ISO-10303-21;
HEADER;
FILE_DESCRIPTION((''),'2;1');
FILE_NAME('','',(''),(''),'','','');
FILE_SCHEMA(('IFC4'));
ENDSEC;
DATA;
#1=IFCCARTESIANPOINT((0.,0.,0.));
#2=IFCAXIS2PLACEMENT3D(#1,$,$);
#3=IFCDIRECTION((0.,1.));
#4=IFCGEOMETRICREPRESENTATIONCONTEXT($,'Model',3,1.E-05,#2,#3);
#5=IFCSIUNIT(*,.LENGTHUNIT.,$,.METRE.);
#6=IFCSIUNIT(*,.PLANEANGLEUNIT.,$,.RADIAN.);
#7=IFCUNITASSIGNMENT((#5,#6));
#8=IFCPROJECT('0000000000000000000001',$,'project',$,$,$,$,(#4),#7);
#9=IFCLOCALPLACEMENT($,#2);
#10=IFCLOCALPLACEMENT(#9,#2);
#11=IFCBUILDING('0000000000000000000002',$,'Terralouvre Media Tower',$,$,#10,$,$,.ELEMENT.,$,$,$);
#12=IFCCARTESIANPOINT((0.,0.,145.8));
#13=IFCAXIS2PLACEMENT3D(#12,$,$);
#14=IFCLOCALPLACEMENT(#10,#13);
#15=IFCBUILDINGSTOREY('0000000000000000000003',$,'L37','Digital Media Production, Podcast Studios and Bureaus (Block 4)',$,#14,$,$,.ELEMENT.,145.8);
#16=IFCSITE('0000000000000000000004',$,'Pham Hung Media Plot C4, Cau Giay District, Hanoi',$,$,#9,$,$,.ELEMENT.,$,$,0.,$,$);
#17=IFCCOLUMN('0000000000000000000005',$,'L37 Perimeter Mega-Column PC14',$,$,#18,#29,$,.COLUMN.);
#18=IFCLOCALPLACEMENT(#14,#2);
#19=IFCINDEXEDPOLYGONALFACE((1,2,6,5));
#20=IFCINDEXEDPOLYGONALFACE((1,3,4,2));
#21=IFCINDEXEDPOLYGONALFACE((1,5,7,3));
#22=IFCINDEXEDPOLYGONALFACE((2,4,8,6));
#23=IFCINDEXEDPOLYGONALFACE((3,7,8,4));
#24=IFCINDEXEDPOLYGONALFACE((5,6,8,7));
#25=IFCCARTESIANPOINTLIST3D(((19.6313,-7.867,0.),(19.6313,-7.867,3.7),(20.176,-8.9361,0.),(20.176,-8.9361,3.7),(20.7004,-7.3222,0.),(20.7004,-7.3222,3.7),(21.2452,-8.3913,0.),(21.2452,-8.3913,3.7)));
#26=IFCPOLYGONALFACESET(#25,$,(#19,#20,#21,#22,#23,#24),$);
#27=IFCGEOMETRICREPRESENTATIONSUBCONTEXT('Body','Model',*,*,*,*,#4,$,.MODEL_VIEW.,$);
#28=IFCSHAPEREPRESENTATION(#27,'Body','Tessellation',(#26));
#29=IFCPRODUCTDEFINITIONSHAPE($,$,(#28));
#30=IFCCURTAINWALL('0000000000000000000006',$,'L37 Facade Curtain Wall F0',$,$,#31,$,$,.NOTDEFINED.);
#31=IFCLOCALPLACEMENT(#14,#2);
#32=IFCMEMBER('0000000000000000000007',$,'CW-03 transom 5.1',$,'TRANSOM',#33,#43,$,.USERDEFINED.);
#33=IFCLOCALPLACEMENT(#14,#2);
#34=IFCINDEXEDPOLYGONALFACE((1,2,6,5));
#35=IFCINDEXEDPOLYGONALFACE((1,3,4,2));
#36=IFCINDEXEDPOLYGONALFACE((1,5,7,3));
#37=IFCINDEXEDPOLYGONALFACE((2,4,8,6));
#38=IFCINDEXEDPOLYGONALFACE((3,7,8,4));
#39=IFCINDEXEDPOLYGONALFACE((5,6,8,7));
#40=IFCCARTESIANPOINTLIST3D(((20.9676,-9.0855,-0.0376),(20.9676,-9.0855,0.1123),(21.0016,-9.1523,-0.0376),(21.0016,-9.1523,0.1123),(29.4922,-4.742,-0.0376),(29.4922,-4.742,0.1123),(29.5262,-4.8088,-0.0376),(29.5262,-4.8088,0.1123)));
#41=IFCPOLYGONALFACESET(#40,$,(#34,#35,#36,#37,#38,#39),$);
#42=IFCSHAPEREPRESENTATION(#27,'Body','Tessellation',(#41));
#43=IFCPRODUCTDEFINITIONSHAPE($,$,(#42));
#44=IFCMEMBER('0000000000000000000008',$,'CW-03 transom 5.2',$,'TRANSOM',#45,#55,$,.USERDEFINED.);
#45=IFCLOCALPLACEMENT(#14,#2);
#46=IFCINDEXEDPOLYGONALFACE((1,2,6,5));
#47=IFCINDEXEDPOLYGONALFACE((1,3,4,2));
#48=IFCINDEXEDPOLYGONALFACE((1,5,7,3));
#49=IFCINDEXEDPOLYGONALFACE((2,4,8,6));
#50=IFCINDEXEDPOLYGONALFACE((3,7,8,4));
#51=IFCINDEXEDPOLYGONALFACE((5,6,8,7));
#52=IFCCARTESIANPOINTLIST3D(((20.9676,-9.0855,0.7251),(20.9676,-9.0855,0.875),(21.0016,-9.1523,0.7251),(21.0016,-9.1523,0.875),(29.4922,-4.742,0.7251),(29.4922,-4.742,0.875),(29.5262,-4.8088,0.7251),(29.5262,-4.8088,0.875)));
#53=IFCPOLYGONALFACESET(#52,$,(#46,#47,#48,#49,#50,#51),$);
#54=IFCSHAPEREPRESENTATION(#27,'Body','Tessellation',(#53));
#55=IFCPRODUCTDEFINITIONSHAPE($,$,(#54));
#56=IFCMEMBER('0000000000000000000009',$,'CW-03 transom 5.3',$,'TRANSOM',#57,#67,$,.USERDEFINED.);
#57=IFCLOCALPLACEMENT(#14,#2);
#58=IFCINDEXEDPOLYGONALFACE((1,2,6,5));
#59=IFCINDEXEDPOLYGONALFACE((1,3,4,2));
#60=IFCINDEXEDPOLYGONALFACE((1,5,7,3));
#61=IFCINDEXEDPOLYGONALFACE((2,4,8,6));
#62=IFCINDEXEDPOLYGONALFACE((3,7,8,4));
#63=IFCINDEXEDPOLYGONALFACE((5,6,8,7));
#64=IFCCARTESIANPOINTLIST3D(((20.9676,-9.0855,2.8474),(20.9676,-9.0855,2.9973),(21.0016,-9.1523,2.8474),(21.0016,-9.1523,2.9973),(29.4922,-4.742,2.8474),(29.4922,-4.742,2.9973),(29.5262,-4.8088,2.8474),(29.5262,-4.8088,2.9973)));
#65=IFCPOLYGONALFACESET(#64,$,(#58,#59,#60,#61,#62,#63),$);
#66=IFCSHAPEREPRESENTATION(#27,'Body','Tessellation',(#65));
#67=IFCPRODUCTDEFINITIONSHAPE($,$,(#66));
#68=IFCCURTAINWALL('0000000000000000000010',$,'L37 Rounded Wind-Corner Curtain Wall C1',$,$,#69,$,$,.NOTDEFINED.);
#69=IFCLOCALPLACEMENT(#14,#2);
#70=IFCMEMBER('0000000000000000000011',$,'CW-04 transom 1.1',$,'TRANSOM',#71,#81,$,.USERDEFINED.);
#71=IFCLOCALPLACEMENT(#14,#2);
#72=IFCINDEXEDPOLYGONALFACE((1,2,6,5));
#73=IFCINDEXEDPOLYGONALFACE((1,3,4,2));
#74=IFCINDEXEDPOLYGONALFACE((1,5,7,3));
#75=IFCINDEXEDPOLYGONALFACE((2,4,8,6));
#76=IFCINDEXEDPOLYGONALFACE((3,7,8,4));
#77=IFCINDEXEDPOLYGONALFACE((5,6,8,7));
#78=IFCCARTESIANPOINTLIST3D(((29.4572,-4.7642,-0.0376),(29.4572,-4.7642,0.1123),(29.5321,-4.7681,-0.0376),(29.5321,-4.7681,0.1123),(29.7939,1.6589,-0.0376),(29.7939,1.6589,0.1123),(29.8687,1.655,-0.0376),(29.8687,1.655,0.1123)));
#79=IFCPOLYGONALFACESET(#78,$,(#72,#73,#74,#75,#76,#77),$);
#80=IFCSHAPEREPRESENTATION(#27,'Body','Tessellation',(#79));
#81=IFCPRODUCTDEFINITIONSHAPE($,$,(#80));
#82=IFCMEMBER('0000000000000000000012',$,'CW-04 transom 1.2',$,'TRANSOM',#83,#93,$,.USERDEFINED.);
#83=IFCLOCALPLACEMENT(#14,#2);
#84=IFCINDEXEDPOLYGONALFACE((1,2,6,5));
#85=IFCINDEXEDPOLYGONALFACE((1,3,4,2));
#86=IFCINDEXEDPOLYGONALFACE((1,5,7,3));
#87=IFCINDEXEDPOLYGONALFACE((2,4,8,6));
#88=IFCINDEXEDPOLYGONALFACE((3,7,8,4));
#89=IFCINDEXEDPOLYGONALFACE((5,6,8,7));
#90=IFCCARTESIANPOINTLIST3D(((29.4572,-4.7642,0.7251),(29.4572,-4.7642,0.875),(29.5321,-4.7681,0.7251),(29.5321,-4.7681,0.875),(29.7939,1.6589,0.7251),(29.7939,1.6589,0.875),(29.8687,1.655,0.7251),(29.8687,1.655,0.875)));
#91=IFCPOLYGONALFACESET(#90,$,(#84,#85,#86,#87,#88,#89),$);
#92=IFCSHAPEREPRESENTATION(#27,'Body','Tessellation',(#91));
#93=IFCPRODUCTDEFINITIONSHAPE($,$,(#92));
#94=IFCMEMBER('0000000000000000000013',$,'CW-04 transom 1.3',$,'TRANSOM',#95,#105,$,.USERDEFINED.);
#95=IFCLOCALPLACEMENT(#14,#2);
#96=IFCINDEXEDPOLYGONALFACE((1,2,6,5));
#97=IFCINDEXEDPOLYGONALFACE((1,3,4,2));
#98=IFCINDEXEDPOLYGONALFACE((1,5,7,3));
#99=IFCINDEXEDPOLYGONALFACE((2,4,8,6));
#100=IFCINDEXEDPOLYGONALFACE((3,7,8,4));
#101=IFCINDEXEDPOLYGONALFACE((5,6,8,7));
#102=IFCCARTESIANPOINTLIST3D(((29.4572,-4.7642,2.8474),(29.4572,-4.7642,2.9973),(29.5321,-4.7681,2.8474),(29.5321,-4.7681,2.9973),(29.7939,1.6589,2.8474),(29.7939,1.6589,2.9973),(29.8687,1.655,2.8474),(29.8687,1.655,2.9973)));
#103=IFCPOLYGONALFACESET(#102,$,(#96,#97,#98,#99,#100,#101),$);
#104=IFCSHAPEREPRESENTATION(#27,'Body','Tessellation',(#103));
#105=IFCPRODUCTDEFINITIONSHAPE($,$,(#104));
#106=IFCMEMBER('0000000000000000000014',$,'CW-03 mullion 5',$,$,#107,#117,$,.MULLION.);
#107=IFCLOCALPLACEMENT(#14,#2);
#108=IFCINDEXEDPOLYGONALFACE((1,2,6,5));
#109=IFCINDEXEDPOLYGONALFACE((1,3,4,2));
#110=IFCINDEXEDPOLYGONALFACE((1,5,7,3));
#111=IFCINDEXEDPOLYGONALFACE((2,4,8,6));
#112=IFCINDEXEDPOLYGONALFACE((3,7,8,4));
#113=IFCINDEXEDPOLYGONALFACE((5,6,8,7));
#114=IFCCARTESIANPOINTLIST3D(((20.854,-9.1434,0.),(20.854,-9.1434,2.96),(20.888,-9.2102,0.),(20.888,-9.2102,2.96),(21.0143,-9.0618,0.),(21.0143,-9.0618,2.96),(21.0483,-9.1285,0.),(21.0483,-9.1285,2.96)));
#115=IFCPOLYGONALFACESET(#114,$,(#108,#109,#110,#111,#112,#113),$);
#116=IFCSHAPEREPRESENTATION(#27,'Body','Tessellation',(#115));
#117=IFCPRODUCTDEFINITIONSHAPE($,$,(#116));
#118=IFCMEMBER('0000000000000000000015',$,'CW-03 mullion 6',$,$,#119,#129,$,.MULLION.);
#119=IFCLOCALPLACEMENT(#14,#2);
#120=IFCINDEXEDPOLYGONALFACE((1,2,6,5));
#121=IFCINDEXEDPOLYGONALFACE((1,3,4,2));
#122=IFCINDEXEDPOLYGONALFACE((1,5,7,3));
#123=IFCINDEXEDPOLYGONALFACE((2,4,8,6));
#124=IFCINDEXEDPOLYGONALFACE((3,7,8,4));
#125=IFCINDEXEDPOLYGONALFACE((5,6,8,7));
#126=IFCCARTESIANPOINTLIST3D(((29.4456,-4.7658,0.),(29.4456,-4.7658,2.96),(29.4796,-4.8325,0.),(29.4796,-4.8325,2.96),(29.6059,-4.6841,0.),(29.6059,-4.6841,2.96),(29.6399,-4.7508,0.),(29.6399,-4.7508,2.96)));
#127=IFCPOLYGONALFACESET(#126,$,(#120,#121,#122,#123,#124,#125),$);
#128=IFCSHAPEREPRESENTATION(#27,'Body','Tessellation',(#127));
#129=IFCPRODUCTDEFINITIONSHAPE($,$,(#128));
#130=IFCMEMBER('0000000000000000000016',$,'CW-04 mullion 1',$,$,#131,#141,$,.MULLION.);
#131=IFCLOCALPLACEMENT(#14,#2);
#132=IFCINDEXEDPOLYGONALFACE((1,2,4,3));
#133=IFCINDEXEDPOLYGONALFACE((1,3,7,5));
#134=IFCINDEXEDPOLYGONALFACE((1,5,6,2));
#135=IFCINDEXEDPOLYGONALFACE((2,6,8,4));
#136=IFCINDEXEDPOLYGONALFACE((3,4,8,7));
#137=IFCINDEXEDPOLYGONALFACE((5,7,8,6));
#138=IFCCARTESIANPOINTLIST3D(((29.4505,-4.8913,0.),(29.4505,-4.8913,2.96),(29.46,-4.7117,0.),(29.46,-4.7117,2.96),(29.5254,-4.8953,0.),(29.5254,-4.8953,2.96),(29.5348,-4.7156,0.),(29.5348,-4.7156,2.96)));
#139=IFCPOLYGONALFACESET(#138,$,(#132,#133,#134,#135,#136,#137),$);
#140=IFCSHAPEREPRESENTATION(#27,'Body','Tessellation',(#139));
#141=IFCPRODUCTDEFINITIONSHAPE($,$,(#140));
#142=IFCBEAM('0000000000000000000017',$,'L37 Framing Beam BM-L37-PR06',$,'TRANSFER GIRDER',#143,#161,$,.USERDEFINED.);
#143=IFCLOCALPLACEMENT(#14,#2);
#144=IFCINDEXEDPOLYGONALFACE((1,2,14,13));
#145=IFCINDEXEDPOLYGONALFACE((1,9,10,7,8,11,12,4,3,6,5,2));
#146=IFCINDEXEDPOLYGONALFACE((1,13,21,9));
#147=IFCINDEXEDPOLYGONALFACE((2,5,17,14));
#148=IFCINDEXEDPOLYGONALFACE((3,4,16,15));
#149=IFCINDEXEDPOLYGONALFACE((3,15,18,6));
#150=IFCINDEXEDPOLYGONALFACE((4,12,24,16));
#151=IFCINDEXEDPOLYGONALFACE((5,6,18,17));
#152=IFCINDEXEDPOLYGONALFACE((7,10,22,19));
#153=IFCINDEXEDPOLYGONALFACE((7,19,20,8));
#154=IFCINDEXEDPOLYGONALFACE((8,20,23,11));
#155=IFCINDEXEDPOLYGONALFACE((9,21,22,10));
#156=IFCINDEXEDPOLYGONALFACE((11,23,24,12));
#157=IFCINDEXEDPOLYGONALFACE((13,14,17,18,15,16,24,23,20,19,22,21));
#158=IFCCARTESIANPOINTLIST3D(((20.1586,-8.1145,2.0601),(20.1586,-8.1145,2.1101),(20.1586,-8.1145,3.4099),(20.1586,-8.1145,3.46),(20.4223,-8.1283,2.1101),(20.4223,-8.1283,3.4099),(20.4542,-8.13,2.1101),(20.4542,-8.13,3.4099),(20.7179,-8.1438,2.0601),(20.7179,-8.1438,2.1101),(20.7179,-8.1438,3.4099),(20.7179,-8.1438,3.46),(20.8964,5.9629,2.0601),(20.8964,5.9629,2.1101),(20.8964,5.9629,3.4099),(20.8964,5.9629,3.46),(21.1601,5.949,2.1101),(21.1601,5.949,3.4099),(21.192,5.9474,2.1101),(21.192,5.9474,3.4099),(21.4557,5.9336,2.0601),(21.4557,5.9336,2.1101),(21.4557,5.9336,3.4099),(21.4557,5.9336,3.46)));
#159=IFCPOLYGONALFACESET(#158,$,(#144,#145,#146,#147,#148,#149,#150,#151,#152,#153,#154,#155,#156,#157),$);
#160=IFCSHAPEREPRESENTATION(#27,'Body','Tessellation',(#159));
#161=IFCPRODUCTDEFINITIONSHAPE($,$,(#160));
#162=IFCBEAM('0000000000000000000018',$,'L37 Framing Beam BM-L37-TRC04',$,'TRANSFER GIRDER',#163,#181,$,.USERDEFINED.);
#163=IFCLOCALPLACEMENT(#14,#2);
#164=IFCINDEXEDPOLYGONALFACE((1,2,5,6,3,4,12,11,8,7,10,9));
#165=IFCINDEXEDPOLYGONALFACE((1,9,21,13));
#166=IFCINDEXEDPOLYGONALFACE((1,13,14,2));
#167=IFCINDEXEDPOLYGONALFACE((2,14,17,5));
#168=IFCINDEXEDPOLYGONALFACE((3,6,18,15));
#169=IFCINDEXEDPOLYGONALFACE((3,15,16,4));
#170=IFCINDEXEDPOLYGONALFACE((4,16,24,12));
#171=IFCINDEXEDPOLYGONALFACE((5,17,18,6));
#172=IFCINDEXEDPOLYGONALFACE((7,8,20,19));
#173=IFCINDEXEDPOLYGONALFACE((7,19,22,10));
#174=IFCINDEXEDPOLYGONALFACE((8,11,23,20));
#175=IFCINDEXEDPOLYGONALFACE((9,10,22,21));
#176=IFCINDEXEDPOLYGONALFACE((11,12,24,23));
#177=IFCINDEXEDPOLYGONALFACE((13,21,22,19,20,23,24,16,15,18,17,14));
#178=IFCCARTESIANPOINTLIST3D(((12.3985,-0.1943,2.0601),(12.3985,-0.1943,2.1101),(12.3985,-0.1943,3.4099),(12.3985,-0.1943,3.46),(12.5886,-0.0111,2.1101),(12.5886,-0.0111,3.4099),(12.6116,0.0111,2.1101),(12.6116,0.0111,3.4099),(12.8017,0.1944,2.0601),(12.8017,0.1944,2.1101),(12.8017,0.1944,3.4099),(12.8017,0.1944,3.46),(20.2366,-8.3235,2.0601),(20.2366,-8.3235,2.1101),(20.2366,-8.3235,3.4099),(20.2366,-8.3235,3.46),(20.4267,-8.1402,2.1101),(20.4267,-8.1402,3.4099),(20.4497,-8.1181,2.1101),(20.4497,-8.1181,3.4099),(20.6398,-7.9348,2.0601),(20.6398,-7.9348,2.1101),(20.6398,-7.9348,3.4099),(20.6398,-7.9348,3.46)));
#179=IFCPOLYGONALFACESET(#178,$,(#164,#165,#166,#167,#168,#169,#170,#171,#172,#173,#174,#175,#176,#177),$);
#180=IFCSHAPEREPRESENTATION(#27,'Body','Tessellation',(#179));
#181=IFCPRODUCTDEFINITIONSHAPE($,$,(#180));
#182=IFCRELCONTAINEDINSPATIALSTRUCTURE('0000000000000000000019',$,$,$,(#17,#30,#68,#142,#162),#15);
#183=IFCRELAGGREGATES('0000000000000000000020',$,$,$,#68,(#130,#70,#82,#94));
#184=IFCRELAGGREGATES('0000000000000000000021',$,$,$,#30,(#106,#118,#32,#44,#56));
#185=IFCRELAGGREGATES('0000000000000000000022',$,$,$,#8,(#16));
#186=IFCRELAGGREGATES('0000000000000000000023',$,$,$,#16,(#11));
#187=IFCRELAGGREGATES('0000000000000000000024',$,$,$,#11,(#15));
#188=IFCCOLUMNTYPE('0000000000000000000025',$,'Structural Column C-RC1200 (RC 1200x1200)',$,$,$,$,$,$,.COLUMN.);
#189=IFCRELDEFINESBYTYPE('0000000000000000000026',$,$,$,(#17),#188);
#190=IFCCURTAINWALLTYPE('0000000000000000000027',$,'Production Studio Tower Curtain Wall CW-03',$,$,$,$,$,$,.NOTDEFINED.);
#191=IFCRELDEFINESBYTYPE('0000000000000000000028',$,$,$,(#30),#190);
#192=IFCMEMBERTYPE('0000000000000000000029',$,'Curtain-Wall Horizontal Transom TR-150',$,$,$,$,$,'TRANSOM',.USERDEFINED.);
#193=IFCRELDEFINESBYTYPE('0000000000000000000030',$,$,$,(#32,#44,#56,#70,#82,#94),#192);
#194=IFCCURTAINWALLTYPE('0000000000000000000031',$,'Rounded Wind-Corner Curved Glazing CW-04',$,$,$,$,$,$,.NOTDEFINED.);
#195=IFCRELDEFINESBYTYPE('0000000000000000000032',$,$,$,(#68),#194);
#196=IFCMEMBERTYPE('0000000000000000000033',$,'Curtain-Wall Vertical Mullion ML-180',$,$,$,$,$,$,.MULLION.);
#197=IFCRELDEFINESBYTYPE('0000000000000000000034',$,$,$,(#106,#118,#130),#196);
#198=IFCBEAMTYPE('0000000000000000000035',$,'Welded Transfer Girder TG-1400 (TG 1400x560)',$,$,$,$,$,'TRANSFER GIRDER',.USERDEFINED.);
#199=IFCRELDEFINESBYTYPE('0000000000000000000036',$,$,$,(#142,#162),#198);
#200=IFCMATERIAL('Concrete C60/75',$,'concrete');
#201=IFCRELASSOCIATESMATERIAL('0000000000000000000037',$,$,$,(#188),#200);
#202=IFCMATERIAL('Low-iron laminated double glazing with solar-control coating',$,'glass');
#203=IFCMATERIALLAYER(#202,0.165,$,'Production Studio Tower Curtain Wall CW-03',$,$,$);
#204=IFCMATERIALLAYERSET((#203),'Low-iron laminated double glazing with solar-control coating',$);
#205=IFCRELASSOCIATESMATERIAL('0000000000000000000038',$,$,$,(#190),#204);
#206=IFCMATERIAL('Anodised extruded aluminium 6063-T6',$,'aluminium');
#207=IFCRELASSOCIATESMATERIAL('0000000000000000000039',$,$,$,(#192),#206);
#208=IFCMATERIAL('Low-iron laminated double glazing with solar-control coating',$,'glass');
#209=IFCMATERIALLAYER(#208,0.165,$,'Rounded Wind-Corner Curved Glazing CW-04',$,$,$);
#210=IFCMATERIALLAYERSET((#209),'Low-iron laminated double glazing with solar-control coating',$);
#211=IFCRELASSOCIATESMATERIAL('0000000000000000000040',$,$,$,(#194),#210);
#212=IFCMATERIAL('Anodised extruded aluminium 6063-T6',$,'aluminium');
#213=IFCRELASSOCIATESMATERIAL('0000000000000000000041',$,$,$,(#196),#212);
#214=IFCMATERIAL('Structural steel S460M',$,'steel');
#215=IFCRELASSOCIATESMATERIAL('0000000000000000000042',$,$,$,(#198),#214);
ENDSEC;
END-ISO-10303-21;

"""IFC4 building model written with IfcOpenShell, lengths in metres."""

from ifc_helpers import new_model, si_unit, direction, frame, origin, origin_2d, place, context, subcontext, project, spatial, rectangle, i_section, extrude, material, layer, layer_set, material_profile, profile_set, type_object, element, aggregate, save


model = new_model("IFC4")

# Units and contexts
model_context = context("Model", 3, precision=1e-05, world=origin(), true_north=direction((0.0, 1.0)))
body_context = subcontext(model_context, "Body", "Model", "MODEL_VIEW")
ifc_project = project(units=[si_unit("LENGTHUNIT", "METRE"), si_unit("PLANEANGLEUNIT", "RADIAN")], contexts=[model_context])

# Site, building, storey
site_placement = place(None, origin())
site = spatial("IfcSite", under=ifc_project, at=site_placement, Name="Pham Hung Media Plot C4, Cau Giay District, Hanoi", CompositionType="ELEMENT", RefElevation=0.0)
building_placement = place(site_placement, origin())
building = spatial("IfcBuilding", under=site, at=building_placement, Name="Terralouvre Media Tower", CompositionType="ELEMENT")
storey_placement = place(building_placement, frame((0.0, 0.0, 145.8)))
storey = spatial("IfcBuildingStorey", under=building, at=storey_placement, Name="L37", Description="Digital Media Production, Podcast Studios and Bureaus (Block 4)", CompositionType="ELEMENT", Elevation=145.8)

# Column
ifc_material_1 = material(Name="Concrete C60/75", Category="concrete")
ifc_material_profile_1 = material_profile(ifc_material_1, rectangle(XDim=1.2, YDim=1.2, at=origin_2d()), Name="RC 1200x1200")
ifc_profile_set_1 = profile_set([ifc_material_profile_1], Name="Concrete C60/75")
column_type = type_object("IfcColumnType", Name="Structural Column C-RC1200 (RC 1200x1200)", PredefinedType="COLUMN", material=ifc_profile_set_1)
column_placement = place(storey_placement, frame((20.4382, -8.1292, 0.0), z_axis=(0.0, 0.0, 1.0), x_axis=(0.891007, 0.45399, 0.0)))
element("IfcColumn", 1, at=column_placement, inside=storey, type_object=column_type, Name="L37 Perimeter Mega-Column PC14", PredefinedType="COLUMN", context=body_context, shape_type="SweptSolid", body=[
    extrude(rectangle(XDim=1.2, YDim=1.2, at=origin_2d()), origin(), (0.0, 0.0, 1.0), 3.7),
])

# Curtain walls, members
ifc_material_2 = material(Name="Low-iron laminated double glazing with solar-control coating", Category="glass")
ifc_layer_1 = layer(ifc_material_2, 0.165, Name="Production Studio Tower Curtain Wall CW-03")
ifc_layer_set_1 = layer_set([ifc_layer_1], Name="Low-iron laminated double glazing with solar-control coating")
curtain_wall_type_1 = type_object("IfcCurtainWallType", Name="Production Studio Tower Curtain Wall CW-03", PredefinedType="NOTDEFINED", material=ifc_layer_set_1)
curtain_wall_1_placement = place(storey_placement, origin())
curtain_wall_1 = element("IfcCurtainWall", 2, at=curtain_wall_1_placement, inside=storey, type_object=curtain_wall_type_1, Name="L37 Facade Curtain Wall F0", PredefinedType="NOTDEFINED")
ifc_material_3 = material(Name="Anodised extruded aluminium 6063-T6", Category="aluminium")
ifc_material_profile_2 = material_profile(ifc_material_3, rectangle(XDim=0.075, YDim=0.1499, at=origin_2d()), Name="ALU 75x150")
ifc_profile_set_2 = profile_set([ifc_material_profile_2], Name="Anodised extruded aluminium 6063-T6")
member_type_1 = type_object("IfcMemberType", Name="Curtain-Wall Horizontal Transom TR-150", ElementType="TRANSOM", PredefinedType="USERDEFINED", material=ifc_profile_set_2)
member_1_placement = place(storey_placement, frame((20.9846, -9.1189, 0.0374), z_axis=(0.891008, 0.453988, 0.0), x_axis=(-0.453988, 0.891008, 0.0)))
member_1 = element("IfcMember", 3, at=member_1_placement, type_object=member_type_1, Name="CW-03 transom 5.1", ObjectType="TRANSOM", PredefinedType="USERDEFINED", context=body_context, shape_type="SweptSolid", body=[
    extrude(rectangle(XDim=0.075, YDim=0.1499, at=origin_2d()), origin(), (0.0, 0.0, 1.0), 9.5674),
])
member_2_placement = place(storey_placement, frame((20.9846, -9.1189, 0.8), z_axis=(0.891008, 0.453988, 0.0), x_axis=(-0.453988, 0.891008, 0.0)))
member_2 = element("IfcMember", 4, at=member_2_placement, type_object=member_type_1, Name="CW-03 transom 5.2", ObjectType="TRANSOM", PredefinedType="USERDEFINED", context=body_context, shape_type="SweptSolid", body=[
    extrude(rectangle(XDim=0.075, YDim=0.1499, at=origin_2d()), origin(), (0.0, 0.0, 1.0), 9.5674),
])
member_3_placement = place(storey_placement, frame((20.9846, -9.1189, 2.9224), z_axis=(0.891008, 0.453988, 0.0), x_axis=(-0.453988, 0.891008, 0.0)))
member_3 = element("IfcMember", 5, at=member_3_placement, type_object=member_type_1, Name="CW-03 transom 5.3", ObjectType="TRANSOM", PredefinedType="USERDEFINED", context=body_context, shape_type="SweptSolid", body=[
    extrude(rectangle(XDim=0.075, YDim=0.1499, at=origin_2d()), origin(), (0.0, 0.0, 1.0), 9.5674),
])
ifc_material_4 = material(Name="Low-iron laminated double glazing with solar-control coating", Category="glass")
ifc_layer_2 = layer(ifc_material_4, 0.165, Name="Rounded Wind-Corner Curved Glazing CW-04")
ifc_layer_set_2 = layer_set([ifc_layer_2], Name="Low-iron laminated double glazing with solar-control coating")
curtain_wall_type_2 = type_object("IfcCurtainWallType", Name="Rounded Wind-Corner Curved Glazing CW-04", PredefinedType="NOTDEFINED", material=ifc_layer_set_2)
curtain_wall_2_placement = place(storey_placement, origin())
curtain_wall_2 = element("IfcCurtainWall", 6, at=curtain_wall_2_placement, inside=storey, type_object=curtain_wall_type_2, Name="L37 Rounded Wind-Corner Curtain Wall C1", PredefinedType="NOTDEFINED")
member_4_placement = place(storey_placement, frame((29.4946, -4.7661, 0.0374), z_axis=(0.052344, 0.998629, 0.0), x_axis=(-0.998629, 0.052344, 0.0)))
member_4 = element("IfcMember", 7, at=member_4_placement, type_object=member_type_1, Name="CW-04 transom 1.1", ObjectType="TRANSOM", PredefinedType="USERDEFINED", context=body_context, shape_type="SweptSolid", body=[
    extrude(rectangle(XDim=0.075, YDim=0.1499, at=origin_2d()), origin(), (0.0, 0.0, 1.0), 6.4319),
])
member_5_placement = place(storey_placement, frame((29.4946, -4.7661, 0.8), z_axis=(0.052344, 0.998629, 0.0), x_axis=(-0.998629, 0.052344, 0.0)))
member_5 = element("IfcMember", 8, at=member_5_placement, type_object=member_type_1, Name="CW-04 transom 1.2", ObjectType="TRANSOM", PredefinedType="USERDEFINED", context=body_context, shape_type="SweptSolid", body=[
    extrude(rectangle(XDim=0.075, YDim=0.1499, at=origin_2d()), origin(), (0.0, 0.0, 1.0), 6.4319),
])
member_6_placement = place(storey_placement, frame((29.4946, -4.7661, 2.9224), z_axis=(0.052344, 0.998629, 0.0), x_axis=(-0.998629, 0.052344, 0.0)))
member_6 = element("IfcMember", 9, at=member_6_placement, type_object=member_type_1, Name="CW-04 transom 1.3", ObjectType="TRANSOM", PredefinedType="USERDEFINED", context=body_context, shape_type="SweptSolid", body=[
    extrude(rectangle(XDim=0.075, YDim=0.1499, at=origin_2d()), origin(), (0.0, 0.0, 1.0), 6.4319),
])

# Members
ifc_material_5 = material(Name="Anodised extruded aluminium 6063-T6", Category="aluminium")
ifc_material_profile_3 = material_profile(ifc_material_5, rectangle(XDim=0.075, YDim=0.1799, at=origin_2d()), Name="ALU 75x180")
ifc_profile_set_3 = profile_set([ifc_material_profile_3], Name="Anodised extruded aluminium 6063-T6")
member_type_2 = type_object("IfcMemberType", Name="Curtain-Wall Vertical Mullion ML-180", PredefinedType="MULLION", material=ifc_profile_set_3)
member_7_placement = place(storey_placement, frame((20.9512, -9.136, 0.0), z_axis=(0.0, 0.0, 1.0), x_axis=(-0.453991, 0.891007, 0.0)))
member_7 = element("IfcMember", 10, at=member_7_placement, type_object=member_type_2, Name="CW-03 mullion 5", PredefinedType="MULLION", context=body_context, shape_type="SweptSolid", body=[
    extrude(rectangle(XDim=0.075, YDim=0.1799, at=origin_2d()), origin(), (0.0, 0.0, 1.0), 2.96),
])
member_8_placement = place(storey_placement, frame((29.5427, -4.7583, 0.0), z_axis=(0.0, 0.0, 1.0), x_axis=(-0.453991, 0.891007, 0.0)))
member_8 = element("IfcMember", 11, at=member_8_placement, type_object=member_type_2, Name="CW-03 mullion 6", PredefinedType="MULLION", context=body_context, shape_type="SweptSolid", body=[
    extrude(rectangle(XDim=0.075, YDim=0.1799, at=origin_2d()), origin(), (0.0, 0.0, 1.0), 2.96),
])
member_9_placement = place(storey_placement, frame((29.4927, -4.8035, 0.0), z_axis=(0.0, 0.0, 1.0), x_axis=(-0.998629, 0.052337, 0.0)))
member_9 = element("IfcMember", 12, at=member_9_placement, type_object=member_type_2, Name="CW-04 mullion 1", PredefinedType="MULLION", context=body_context, shape_type="SweptSolid", body=[
    extrude(rectangle(XDim=0.075, YDim=0.1799, at=origin_2d()), origin(), (0.0, 0.0, 1.0), 2.96),
])

# Beams
ifc_material_6 = material(Name="Structural steel S460M", Category="steel")
ifc_material_profile_4 = material_profile(ifc_material_6, i_section(OverallWidth=0.5601, OverallDepth=1.3999, WebThickness=0.032, FlangeThickness=0.05, at=origin_2d()), Name="TG 1400x560")
ifc_profile_set_4 = profile_set([ifc_material_profile_4], Name="Structural steel S460M")
beam_type = type_object("IfcBeamType", Name="Welded Transfer Girder TG-1400 (TG 1400x560)", ElementType="TRANSFER GIRDER", PredefinedType="USERDEFINED", material=ifc_profile_set_4)
beam_1_placement = place(storey_placement, frame((20.4382, -8.1292, 2.76), z_axis=(0.052338, 0.998629, 0.0), x_axis=(-0.998629, 0.052338, 0.0)))
element("IfcBeam", 13, at=beam_1_placement, inside=storey, type_object=beam_type, Name="L37 Framing Beam BM-L37-PR06", ObjectType="TRANSFER GIRDER", PredefinedType="USERDEFINED", context=body_context, shape_type="SweptSolid", body=[
    extrude(i_section(OverallWidth=0.5601, OverallDepth=1.3999, WebThickness=0.032, FlangeThickness=0.05, at=origin_2d()), origin(), (0.0, 0.0, 1.0), 14.0967),
])
beam_2_placement = place(storey_placement, frame((20.4382, -8.1292, 2.76), z_axis=(-0.694104, 0.719875, 0.0), x_axis=(-0.719875, -0.694104, 0.0)))
element("IfcBeam", 14, at=beam_2_placement, inside=storey, type_object=beam_type, Name="L37 Framing Beam BM-L37-TRC04", ObjectType="TRANSFER GIRDER", PredefinedType="USERDEFINED", context=body_context, shape_type="SweptSolid", body=[
    extrude(i_section(OverallWidth=0.5601, OverallDepth=1.3999, WebThickness=0.032, FlangeThickness=0.05, at=origin_2d()), origin(), (0.0, 0.0, 1.0), 11.2925),
])

aggregate(curtain_wall_2, [member_9, member_4, member_5, member_6])
aggregate(curtain_wall_1, [member_7, member_8, member_1, member_2, member_3])

save(model, "model.ifc")
